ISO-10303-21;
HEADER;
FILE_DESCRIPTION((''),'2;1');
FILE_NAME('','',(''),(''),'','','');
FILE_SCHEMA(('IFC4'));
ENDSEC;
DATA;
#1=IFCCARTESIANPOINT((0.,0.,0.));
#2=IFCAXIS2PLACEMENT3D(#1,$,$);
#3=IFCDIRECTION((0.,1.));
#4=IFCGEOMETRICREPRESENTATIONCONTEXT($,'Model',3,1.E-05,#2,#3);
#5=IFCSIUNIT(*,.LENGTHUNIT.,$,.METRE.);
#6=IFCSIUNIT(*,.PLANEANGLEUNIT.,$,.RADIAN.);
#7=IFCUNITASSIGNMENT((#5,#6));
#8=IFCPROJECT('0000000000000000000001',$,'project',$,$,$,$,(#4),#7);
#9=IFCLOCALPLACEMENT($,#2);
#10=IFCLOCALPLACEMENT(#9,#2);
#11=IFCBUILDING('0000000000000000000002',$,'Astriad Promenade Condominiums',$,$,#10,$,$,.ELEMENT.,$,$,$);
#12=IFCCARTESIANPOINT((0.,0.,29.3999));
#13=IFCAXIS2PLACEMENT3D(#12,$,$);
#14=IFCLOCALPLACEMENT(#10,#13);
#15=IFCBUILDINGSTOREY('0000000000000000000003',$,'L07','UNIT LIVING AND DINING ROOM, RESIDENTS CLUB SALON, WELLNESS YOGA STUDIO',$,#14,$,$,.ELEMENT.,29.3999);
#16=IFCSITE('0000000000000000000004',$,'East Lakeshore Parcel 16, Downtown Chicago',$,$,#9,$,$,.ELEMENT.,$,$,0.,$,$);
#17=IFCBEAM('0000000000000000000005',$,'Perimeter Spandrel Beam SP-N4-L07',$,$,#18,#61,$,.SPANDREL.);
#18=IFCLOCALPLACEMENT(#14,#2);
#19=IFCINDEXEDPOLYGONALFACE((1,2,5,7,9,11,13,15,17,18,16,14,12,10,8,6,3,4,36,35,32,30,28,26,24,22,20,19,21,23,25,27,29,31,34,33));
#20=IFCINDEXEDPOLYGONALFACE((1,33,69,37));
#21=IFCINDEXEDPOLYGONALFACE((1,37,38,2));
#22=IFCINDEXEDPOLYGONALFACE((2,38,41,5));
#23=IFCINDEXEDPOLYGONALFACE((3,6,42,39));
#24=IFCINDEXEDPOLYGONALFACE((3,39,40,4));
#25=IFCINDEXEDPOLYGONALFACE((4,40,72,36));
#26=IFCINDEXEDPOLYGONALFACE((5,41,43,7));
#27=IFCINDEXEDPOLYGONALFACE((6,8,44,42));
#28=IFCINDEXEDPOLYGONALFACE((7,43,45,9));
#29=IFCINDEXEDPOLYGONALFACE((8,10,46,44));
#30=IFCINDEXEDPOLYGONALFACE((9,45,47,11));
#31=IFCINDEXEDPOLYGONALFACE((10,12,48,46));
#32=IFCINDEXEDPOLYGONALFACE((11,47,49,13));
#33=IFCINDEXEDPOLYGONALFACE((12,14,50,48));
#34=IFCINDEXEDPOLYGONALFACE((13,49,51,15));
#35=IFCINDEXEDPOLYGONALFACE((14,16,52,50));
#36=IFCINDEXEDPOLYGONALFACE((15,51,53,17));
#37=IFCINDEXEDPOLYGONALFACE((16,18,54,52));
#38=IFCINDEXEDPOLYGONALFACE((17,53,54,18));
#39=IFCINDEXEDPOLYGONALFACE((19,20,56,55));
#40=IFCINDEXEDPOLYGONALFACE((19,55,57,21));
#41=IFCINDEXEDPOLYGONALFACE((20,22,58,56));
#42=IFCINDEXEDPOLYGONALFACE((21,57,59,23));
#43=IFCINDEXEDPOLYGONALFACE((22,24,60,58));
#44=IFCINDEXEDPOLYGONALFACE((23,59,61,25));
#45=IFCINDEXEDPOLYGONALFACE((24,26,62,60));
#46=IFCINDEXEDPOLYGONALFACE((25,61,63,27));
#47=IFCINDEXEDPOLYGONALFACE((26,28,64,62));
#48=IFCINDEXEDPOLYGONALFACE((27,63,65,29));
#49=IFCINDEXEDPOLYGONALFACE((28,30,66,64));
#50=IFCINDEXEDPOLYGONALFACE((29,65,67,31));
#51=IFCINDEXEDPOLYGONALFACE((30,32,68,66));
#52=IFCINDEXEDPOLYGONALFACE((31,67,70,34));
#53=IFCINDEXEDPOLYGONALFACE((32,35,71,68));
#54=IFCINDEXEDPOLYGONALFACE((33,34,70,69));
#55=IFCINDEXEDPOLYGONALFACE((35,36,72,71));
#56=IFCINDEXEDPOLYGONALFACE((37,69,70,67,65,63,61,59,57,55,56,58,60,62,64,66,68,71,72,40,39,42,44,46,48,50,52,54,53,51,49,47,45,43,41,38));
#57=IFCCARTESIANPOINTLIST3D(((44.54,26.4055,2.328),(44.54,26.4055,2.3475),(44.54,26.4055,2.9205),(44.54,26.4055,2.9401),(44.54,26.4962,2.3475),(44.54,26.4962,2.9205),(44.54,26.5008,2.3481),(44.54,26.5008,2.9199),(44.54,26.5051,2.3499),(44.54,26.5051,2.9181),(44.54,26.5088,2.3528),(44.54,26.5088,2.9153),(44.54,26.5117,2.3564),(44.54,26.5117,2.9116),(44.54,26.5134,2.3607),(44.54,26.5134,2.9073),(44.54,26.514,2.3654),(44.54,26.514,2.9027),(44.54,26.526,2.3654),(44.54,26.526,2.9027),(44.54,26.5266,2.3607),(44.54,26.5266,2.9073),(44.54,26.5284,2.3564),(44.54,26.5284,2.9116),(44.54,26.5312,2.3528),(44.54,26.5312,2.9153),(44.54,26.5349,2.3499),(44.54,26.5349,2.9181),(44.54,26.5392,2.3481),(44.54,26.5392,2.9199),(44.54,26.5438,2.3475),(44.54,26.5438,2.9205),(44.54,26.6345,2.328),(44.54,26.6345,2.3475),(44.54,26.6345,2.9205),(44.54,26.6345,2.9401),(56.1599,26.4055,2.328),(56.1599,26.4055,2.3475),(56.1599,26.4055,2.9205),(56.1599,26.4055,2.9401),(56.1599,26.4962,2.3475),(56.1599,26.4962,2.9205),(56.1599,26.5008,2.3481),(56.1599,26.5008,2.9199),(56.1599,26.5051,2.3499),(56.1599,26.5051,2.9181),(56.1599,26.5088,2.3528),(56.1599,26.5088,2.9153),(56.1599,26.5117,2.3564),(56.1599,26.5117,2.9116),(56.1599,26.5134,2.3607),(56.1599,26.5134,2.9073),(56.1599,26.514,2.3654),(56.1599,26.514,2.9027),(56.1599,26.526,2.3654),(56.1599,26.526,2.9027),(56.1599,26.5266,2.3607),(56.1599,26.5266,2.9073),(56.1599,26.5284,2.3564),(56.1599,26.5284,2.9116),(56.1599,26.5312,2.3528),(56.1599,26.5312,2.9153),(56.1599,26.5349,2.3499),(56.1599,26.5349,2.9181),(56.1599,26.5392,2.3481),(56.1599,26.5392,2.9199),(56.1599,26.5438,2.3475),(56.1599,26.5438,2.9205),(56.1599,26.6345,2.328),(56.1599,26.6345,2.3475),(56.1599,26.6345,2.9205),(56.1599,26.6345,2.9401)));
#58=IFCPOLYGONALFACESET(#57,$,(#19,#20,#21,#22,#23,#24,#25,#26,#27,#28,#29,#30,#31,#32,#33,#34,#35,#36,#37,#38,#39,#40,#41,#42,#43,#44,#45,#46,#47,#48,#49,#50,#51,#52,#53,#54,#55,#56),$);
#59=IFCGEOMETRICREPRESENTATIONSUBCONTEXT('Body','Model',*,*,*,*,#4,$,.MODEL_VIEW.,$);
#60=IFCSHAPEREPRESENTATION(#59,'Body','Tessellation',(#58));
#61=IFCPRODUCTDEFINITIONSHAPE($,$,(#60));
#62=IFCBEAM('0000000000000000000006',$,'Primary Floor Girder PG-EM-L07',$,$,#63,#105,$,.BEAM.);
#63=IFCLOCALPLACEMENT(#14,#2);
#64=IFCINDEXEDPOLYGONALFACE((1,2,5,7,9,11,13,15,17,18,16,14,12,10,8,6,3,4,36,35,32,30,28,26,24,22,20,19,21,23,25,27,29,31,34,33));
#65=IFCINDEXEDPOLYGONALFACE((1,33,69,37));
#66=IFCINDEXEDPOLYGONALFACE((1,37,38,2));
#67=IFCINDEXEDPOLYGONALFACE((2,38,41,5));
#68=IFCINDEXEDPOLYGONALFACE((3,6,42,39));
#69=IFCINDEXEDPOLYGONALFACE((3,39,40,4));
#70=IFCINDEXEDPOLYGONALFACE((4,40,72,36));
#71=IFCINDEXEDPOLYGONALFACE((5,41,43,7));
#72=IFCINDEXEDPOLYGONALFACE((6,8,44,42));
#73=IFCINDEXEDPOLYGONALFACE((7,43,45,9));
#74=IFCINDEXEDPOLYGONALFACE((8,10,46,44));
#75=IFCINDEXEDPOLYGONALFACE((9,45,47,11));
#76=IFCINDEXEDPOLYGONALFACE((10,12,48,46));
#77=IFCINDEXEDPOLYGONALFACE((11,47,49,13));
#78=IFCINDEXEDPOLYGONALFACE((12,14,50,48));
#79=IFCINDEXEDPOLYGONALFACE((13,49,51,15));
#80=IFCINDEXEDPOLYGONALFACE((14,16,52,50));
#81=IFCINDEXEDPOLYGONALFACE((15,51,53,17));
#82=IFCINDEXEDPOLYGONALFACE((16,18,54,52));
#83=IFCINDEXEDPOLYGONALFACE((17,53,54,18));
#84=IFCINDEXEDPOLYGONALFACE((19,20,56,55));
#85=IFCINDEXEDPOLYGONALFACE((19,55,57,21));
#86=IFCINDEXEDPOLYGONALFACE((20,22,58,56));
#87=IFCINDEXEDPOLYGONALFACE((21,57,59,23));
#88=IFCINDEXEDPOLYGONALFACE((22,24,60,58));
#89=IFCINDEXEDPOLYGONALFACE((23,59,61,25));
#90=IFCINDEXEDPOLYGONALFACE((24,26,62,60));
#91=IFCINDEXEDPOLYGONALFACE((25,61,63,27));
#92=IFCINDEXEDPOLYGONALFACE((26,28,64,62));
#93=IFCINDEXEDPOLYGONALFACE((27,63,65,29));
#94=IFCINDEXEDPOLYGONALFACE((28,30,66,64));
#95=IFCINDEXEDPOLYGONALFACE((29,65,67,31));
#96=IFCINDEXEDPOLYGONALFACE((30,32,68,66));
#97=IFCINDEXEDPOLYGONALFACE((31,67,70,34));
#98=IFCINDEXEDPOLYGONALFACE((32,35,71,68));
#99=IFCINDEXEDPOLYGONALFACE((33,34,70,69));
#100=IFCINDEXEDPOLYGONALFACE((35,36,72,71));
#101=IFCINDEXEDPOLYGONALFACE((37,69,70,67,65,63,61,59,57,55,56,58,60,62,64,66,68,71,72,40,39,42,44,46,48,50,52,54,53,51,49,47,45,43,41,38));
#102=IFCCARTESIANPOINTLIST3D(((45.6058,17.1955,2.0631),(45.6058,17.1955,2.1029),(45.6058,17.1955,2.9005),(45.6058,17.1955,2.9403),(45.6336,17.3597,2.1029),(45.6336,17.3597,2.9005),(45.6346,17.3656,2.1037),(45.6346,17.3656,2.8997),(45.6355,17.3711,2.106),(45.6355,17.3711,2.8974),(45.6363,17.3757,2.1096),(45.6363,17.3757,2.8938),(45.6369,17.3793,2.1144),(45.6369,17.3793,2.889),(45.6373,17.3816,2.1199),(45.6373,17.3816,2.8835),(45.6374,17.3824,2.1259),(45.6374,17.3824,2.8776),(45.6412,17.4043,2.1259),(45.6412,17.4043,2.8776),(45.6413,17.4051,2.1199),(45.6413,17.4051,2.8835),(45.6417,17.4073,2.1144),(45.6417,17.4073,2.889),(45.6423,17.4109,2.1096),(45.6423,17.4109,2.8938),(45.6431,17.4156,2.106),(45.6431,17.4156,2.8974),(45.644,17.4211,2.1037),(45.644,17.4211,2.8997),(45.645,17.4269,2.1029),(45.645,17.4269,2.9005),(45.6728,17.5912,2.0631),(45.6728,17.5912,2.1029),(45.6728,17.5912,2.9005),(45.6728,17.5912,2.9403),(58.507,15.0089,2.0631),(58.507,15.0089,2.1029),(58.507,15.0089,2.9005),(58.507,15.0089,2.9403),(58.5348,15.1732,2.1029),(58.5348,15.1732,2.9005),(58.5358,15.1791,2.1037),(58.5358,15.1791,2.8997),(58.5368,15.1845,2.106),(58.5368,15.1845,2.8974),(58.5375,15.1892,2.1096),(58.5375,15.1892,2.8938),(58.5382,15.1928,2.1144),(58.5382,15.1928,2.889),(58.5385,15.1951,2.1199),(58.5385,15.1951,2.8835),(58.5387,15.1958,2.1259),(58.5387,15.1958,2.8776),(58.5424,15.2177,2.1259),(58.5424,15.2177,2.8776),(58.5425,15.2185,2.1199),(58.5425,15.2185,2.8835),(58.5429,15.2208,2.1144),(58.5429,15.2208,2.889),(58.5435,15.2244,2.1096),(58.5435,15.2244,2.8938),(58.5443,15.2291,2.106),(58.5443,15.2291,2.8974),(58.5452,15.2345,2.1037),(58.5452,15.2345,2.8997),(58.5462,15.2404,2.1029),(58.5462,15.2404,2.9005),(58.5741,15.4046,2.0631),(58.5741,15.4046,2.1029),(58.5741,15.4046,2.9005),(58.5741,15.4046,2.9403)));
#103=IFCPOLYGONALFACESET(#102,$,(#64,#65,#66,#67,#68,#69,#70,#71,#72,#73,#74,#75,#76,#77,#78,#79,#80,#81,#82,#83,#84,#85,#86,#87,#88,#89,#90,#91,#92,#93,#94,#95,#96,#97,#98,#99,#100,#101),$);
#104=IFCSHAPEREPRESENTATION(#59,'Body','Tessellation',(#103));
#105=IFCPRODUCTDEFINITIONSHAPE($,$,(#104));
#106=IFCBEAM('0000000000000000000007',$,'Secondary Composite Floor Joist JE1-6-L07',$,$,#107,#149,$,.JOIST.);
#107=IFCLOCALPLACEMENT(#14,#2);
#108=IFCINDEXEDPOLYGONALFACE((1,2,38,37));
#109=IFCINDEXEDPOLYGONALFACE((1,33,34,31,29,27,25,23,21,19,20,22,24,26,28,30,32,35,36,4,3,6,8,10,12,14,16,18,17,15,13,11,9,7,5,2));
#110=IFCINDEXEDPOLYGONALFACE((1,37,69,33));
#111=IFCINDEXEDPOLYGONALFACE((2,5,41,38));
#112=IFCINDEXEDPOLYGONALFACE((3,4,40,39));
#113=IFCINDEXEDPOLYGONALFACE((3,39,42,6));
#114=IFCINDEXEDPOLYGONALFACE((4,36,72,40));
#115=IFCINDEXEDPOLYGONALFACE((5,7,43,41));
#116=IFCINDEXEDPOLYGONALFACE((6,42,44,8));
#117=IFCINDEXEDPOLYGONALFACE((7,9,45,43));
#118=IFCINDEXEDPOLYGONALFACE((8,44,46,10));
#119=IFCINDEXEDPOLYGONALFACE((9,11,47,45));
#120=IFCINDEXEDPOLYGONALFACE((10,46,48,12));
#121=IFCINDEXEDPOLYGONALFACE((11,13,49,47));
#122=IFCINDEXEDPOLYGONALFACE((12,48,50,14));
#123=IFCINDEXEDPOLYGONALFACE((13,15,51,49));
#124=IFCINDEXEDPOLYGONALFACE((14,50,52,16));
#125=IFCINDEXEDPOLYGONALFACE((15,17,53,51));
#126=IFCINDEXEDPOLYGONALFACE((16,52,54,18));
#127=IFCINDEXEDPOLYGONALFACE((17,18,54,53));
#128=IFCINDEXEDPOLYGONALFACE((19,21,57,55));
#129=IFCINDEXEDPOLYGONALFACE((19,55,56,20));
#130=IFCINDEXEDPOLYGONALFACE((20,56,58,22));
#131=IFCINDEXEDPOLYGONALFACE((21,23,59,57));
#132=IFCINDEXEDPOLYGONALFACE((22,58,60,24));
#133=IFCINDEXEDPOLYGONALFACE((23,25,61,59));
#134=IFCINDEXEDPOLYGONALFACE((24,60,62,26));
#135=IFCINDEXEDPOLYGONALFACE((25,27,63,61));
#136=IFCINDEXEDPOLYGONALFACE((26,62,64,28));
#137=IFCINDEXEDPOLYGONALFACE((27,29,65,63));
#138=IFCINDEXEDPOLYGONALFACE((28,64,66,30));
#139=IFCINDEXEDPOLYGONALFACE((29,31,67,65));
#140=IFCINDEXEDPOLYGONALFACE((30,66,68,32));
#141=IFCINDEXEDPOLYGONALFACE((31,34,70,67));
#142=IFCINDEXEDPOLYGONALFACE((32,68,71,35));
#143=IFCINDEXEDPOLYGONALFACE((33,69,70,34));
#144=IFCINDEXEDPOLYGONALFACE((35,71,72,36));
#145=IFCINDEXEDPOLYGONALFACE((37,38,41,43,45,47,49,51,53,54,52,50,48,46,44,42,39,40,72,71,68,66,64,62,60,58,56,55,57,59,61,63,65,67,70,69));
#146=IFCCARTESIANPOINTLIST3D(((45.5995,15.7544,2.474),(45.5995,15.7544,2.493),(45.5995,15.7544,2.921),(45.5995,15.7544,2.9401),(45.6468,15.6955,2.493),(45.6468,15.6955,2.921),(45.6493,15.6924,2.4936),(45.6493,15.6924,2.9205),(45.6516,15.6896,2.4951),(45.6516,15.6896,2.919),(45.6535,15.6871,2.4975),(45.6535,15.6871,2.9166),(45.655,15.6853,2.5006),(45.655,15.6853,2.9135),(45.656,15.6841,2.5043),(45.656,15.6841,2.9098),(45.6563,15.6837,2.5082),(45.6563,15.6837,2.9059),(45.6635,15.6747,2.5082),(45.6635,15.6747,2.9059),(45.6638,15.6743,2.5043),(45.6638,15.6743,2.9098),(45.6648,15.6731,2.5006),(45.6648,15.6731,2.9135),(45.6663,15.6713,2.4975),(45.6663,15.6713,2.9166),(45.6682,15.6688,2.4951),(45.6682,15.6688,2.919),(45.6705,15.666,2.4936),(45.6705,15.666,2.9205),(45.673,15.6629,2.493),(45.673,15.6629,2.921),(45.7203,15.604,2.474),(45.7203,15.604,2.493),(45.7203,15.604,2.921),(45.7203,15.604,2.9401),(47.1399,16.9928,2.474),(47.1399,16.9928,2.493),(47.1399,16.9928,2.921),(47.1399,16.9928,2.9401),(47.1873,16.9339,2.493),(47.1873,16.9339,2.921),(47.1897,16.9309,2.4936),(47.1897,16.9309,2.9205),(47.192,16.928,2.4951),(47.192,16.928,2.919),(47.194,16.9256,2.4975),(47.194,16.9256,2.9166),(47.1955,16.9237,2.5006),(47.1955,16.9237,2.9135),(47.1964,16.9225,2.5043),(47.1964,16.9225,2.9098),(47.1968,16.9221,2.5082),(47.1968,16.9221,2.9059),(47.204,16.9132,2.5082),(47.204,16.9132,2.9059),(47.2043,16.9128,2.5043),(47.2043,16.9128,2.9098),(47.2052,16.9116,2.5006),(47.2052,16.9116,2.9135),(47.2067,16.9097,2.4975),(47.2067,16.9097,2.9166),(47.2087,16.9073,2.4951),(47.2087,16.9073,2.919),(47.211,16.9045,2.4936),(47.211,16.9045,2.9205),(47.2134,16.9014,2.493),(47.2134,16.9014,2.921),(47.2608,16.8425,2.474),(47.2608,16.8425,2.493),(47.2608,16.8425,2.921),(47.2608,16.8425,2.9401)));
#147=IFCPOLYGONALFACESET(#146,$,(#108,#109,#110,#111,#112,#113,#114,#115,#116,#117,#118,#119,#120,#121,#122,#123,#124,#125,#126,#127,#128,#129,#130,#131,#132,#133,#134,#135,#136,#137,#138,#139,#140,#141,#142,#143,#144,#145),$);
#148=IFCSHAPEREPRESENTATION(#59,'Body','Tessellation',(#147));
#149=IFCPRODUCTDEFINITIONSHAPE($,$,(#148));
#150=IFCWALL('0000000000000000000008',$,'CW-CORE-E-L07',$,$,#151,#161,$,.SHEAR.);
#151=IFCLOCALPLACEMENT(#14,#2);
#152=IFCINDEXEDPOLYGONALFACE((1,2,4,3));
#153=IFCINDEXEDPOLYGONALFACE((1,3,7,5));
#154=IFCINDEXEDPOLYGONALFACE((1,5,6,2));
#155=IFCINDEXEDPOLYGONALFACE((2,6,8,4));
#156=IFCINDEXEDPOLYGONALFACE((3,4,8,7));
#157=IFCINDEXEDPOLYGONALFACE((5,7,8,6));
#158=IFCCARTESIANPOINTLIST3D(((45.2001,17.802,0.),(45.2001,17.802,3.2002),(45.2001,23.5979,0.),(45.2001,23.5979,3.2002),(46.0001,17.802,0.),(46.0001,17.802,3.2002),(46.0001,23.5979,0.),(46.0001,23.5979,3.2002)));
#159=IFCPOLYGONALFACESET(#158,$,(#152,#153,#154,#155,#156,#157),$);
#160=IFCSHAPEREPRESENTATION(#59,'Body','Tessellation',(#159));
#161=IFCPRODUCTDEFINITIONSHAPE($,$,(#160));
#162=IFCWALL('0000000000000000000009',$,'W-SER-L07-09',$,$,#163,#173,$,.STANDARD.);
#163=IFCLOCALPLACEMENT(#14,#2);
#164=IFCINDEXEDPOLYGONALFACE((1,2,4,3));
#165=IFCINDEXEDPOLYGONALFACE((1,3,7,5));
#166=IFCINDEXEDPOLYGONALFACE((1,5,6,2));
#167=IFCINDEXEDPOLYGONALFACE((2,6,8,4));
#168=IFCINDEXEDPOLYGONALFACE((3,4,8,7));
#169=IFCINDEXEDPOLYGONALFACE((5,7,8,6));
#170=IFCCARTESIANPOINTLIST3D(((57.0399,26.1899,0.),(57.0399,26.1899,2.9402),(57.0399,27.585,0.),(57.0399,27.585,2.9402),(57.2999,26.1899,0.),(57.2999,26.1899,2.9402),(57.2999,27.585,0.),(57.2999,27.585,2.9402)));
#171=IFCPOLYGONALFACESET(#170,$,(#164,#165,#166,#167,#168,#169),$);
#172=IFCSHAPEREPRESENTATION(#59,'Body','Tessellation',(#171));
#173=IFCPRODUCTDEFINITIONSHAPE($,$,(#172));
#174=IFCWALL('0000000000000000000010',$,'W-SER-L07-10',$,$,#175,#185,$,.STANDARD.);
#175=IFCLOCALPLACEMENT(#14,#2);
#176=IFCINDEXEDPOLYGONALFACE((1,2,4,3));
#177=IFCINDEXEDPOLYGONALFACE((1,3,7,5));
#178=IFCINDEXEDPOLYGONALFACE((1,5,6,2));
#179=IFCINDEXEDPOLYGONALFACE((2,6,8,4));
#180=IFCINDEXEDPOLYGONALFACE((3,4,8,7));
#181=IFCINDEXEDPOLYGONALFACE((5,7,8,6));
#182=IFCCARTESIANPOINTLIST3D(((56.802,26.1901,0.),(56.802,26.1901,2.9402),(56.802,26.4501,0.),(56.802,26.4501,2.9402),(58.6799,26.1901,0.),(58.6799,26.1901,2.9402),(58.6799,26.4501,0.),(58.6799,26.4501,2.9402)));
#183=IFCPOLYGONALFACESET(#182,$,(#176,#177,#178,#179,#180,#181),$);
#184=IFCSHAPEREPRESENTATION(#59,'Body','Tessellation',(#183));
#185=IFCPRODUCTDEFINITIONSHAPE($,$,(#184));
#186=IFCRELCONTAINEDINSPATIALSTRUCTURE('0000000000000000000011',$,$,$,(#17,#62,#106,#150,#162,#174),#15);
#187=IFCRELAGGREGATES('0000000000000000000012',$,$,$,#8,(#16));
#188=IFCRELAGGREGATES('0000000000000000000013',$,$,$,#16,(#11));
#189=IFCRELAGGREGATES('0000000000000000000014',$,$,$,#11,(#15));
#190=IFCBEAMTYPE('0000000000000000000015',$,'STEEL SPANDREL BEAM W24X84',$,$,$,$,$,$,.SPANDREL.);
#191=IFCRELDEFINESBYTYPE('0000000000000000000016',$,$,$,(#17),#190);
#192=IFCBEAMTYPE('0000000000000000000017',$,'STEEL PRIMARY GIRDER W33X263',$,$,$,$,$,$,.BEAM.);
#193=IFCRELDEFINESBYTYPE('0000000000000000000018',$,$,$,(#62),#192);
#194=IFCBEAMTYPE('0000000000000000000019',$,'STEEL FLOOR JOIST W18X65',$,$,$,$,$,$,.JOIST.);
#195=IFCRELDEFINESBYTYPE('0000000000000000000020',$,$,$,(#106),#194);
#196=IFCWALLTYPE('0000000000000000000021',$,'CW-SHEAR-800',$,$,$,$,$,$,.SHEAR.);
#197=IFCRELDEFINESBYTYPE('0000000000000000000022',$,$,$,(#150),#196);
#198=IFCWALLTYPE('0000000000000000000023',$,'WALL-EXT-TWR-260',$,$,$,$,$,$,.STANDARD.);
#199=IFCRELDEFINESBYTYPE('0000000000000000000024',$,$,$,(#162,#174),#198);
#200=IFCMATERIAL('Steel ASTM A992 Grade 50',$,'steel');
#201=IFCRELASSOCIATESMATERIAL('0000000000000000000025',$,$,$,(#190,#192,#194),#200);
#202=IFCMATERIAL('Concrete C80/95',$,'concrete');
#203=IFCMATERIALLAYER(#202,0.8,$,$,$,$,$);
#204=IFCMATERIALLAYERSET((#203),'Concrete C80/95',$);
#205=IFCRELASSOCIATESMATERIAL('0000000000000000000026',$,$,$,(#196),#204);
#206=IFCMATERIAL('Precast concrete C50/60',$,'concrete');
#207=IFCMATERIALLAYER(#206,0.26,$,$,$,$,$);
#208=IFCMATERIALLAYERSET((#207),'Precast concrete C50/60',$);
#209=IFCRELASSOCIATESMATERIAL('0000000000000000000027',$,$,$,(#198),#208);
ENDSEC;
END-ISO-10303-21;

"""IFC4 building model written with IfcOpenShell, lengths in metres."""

from ifc_helpers import new_model, si_unit, direction, frame, frame_2d, origin, origin_2d, place, context, subcontext, project, spatial, rectangle, i_section, extrude, source, transform, mapped, material, layer, layer_set, material_profile, profile_set, type_object, type_shapes, element, save


model = new_model("IFC4")

# Units and contexts
model_context = context("Model", 3, precision=1e-05, world=origin(), true_north=direction((0.0, 1.0)))
body_context = subcontext(model_context, "Body", "Model", "MODEL_VIEW")
ifc_project = project(units=[si_unit("LENGTHUNIT", "METRE"), si_unit("PLANEANGLEUNIT", "RADIAN")], contexts=[model_context])

# Site, building, storey
site_placement = place(None, origin())
site = spatial("IfcSite", under=ifc_project, at=site_placement, Name="East Lakeshore Parcel 16, Downtown Chicago", CompositionType="ELEMENT", RefElevation=0.0)
building_placement = place(site_placement, origin())
building = spatial("IfcBuilding", under=site, at=building_placement, Name="Astriad Promenade Condominiums", CompositionType="ELEMENT")
storey_placement = place(building_placement, frame((0.0, 0.0, 29.3999)))
storey = spatial("IfcBuildingStorey", under=building, at=storey_placement, Name="L07", Description="UNIT LIVING AND DINING ROOM, RESIDENTS CLUB SALON, WELLNESS YOGA STUDIO", CompositionType="ELEMENT", Elevation=29.3999)

# Shared definitions
ifc_material_1 = material(Name="Steel ASTM A992 Grade 50", Category="steel")
ifc_material_2 = material(Name="Concrete C80/95", Category="concrete")

# Beams
ifc_material_profile_1 = material_profile(ifc_material_1, i_section(OverallWidth=0.229, OverallDepth=0.6121, WebThickness=0.012, FlangeThickness=0.0195, FilletRadius=0.0178, at=origin_2d()), Name="W24X84")
ifc_profile_set_1 = profile_set([ifc_material_profile_1], Name="Steel ASTM A992 Grade 50")
beam_type_1 = type_object("IfcBeamType", Name="STEEL SPANDREL BEAM W24X84", PredefinedType="SPANDREL", material=ifc_profile_set_1)
shared_shape_1 = source(origin(), body_context, "Body", "SweptSolid", [
    extrude(i_section(OverallWidth=0.229, OverallDepth=0.6121, WebThickness=0.012, FlangeThickness=0.0195, FilletRadius=0.0178, at=origin_2d()), origin(), (0.0, 0.0, 1.0), 11.6199),
])
type_shapes(beam_type_1, [shared_shape_1])
beam_1_placement = place(storey_placement, frame((56.1599, 26.52, 2.634), z_axis=(-1.0, 0.0, 0.0), x_axis=(0.0, -1.0, 0.0)))
element("IfcBeam", 1, at=beam_1_placement, inside=storey, type_object=beam_type_1, Name="Perimeter Spandrel Beam SP-N4-L07", PredefinedType="SPANDREL", context=body_context, shape_type="MappedRepresentation", body=[
    mapped(shared_shape_1, transform((0.0, 0.0, 0.0), scale=1.0)),
])
ifc_material_profile_2 = material_profile(ifc_material_1, i_section(OverallWidth=0.4014, OverallDepth=0.8772, WebThickness=0.0222, FlangeThickness=0.0398, FilletRadius=0.0229, at=origin_2d()), Name="W33X263")
ifc_profile_set_2 = profile_set([ifc_material_profile_2], Name="Steel ASTM A992 Grade 50")
beam_type_2 = type_object("IfcBeamType", Name="STEEL PRIMARY GIRDER W33X263", PredefinedType="BEAM", material=ifc_profile_set_2)
shared_shape_2 = source(origin(), body_context, "Body", "SweptSolid", [
    extrude(i_section(OverallWidth=0.4014, OverallDepth=0.8772, WebThickness=0.0222, FlangeThickness=0.0398, FilletRadius=0.0229, at=origin_2d()), origin(), (0.0, 0.0, 1.0), 13.0852),
])
type_shapes(beam_type_2, [shared_shape_2])
beam_2_placement = place(storey_placement, frame((58.5405, 15.2068, 2.5017), z_axis=(-0.98594, 0.1671, 0.0), x_axis=(-0.1671, -0.98594, 0.0)))
element("IfcBeam", 2, at=beam_2_placement, inside=storey, type_object=beam_type_2, Name="Primary Floor Girder PG-EM-L07", PredefinedType="BEAM", context=body_context, shape_type="MappedRepresentation", body=[
    mapped(shared_shape_2, transform((0.0, 0.0, 0.0), scale=1.0)),
])
ifc_material_profile_3 = material_profile(ifc_material_1, i_section(OverallWidth=0.1929, OverallDepth=0.4661, WebThickness=0.0115, FlangeThickness=0.019, FilletRadius=0.0151, at=origin_2d()), Name="W18X65")
ifc_profile_set_3 = profile_set([ifc_material_profile_3], Name="Steel ASTM A992 Grade 50")
beam_type_3 = type_object("IfcBeamType", Name="STEEL FLOOR JOIST W18X65", PredefinedType="JOIST", material=ifc_profile_set_3)
shared_shape_3 = source(origin(), body_context, "Body", "SweptSolid", [
    extrude(i_section(OverallWidth=0.1929, OverallDepth=0.4661, WebThickness=0.0115, FlangeThickness=0.019, FilletRadius=0.0151, at=origin_2d()), origin(), (0.0, 0.0, 1.0), 1.9766),
])
type_shapes(beam_type_3, [shared_shape_3])
beam_3_placement = place(storey_placement, frame((45.6599, 15.6792, 2.707), z_axis=(0.77936, 0.626576, 0.0), x_axis=(-0.626576, 0.77936, 0.0)))
element("IfcBeam", 3, at=beam_3_placement, inside=storey, type_object=beam_type_3, Name="Secondary Composite Floor Joist JE1-6-L07", PredefinedType="JOIST", context=body_context, shape_type="MappedRepresentation", body=[
    mapped(shared_shape_3, transform((0.0, 0.0, 0.0), scale=1.0)),
])

# Walls
ifc_layer_1 = layer(ifc_material_2, 0.8)
ifc_layer_set_1 = layer_set([ifc_layer_1], Name="Concrete C80/95")
wall_type_1 = type_object("IfcWallType", Name="CW-SHEAR-800", PredefinedType="SHEAR", material=ifc_layer_set_1)
wall_1_placement = place(storey_placement, frame((45.6001, 17.802, 0.0), z_axis=(0.0, 0.0, 1.0), x_axis=(0.0, 1.0, 0.0)))
element("IfcWall", 4, at=wall_1_placement, inside=storey, type_object=wall_type_1, Name="CW-CORE-E-L07", PredefinedType="SHEAR", context=body_context, shape_type="SweptSolid", body=[
    extrude(rectangle(XDim=5.7959, YDim=0.8, at=frame_2d((2.8979, 0.0))), origin(), (0.0, 0.0, 1.0), 3.2002),
])
ifc_material_3 = material(Name="Precast concrete C50/60", Category="concrete")
ifc_layer_2 = layer(ifc_material_3, 0.26)
ifc_layer_set_2 = layer_set([ifc_layer_2], Name="Precast concrete C50/60")
wall_type_2 = type_object("IfcWallType", Name="WALL-EXT-TWR-260", PredefinedType="STANDARD", material=ifc_layer_set_2)
wall_2_placement = place(storey_placement, frame((57.1699, 27.585, 0.0), z_axis=(0.0, 0.0, 1.0), x_axis=(0.0, -1.0, 0.0)))
element("IfcWall", 5, at=wall_2_placement, inside=storey, type_object=wall_type_2, Name="W-SER-L07-09", PredefinedType="STANDARD", context=body_context, shape_type="SweptSolid", body=[
    extrude(rectangle(XDim=1.395, YDim=0.26, at=frame_2d((0.6975, 0.0))), origin(), (0.0, 0.0, 1.0), 2.9402),
])
wall_3_placement = place(storey_placement, frame((56.802, 26.3201, 0.0), z_axis=(0.0, 0.0, 1.0), x_axis=(1.0, 0.0, 0.0)))
element("IfcWall", 6, at=wall_3_placement, inside=storey, type_object=wall_type_2, Name="W-SER-L07-10", PredefinedType="STANDARD", context=body_context, shape_type="SweptSolid", body=[
    extrude(rectangle(XDim=1.8779, YDim=0.26, at=frame_2d((0.939, 0.0))), origin(), (0.0, 0.0, 1.0), 2.9402),
])

save(model, "model.ifc")
